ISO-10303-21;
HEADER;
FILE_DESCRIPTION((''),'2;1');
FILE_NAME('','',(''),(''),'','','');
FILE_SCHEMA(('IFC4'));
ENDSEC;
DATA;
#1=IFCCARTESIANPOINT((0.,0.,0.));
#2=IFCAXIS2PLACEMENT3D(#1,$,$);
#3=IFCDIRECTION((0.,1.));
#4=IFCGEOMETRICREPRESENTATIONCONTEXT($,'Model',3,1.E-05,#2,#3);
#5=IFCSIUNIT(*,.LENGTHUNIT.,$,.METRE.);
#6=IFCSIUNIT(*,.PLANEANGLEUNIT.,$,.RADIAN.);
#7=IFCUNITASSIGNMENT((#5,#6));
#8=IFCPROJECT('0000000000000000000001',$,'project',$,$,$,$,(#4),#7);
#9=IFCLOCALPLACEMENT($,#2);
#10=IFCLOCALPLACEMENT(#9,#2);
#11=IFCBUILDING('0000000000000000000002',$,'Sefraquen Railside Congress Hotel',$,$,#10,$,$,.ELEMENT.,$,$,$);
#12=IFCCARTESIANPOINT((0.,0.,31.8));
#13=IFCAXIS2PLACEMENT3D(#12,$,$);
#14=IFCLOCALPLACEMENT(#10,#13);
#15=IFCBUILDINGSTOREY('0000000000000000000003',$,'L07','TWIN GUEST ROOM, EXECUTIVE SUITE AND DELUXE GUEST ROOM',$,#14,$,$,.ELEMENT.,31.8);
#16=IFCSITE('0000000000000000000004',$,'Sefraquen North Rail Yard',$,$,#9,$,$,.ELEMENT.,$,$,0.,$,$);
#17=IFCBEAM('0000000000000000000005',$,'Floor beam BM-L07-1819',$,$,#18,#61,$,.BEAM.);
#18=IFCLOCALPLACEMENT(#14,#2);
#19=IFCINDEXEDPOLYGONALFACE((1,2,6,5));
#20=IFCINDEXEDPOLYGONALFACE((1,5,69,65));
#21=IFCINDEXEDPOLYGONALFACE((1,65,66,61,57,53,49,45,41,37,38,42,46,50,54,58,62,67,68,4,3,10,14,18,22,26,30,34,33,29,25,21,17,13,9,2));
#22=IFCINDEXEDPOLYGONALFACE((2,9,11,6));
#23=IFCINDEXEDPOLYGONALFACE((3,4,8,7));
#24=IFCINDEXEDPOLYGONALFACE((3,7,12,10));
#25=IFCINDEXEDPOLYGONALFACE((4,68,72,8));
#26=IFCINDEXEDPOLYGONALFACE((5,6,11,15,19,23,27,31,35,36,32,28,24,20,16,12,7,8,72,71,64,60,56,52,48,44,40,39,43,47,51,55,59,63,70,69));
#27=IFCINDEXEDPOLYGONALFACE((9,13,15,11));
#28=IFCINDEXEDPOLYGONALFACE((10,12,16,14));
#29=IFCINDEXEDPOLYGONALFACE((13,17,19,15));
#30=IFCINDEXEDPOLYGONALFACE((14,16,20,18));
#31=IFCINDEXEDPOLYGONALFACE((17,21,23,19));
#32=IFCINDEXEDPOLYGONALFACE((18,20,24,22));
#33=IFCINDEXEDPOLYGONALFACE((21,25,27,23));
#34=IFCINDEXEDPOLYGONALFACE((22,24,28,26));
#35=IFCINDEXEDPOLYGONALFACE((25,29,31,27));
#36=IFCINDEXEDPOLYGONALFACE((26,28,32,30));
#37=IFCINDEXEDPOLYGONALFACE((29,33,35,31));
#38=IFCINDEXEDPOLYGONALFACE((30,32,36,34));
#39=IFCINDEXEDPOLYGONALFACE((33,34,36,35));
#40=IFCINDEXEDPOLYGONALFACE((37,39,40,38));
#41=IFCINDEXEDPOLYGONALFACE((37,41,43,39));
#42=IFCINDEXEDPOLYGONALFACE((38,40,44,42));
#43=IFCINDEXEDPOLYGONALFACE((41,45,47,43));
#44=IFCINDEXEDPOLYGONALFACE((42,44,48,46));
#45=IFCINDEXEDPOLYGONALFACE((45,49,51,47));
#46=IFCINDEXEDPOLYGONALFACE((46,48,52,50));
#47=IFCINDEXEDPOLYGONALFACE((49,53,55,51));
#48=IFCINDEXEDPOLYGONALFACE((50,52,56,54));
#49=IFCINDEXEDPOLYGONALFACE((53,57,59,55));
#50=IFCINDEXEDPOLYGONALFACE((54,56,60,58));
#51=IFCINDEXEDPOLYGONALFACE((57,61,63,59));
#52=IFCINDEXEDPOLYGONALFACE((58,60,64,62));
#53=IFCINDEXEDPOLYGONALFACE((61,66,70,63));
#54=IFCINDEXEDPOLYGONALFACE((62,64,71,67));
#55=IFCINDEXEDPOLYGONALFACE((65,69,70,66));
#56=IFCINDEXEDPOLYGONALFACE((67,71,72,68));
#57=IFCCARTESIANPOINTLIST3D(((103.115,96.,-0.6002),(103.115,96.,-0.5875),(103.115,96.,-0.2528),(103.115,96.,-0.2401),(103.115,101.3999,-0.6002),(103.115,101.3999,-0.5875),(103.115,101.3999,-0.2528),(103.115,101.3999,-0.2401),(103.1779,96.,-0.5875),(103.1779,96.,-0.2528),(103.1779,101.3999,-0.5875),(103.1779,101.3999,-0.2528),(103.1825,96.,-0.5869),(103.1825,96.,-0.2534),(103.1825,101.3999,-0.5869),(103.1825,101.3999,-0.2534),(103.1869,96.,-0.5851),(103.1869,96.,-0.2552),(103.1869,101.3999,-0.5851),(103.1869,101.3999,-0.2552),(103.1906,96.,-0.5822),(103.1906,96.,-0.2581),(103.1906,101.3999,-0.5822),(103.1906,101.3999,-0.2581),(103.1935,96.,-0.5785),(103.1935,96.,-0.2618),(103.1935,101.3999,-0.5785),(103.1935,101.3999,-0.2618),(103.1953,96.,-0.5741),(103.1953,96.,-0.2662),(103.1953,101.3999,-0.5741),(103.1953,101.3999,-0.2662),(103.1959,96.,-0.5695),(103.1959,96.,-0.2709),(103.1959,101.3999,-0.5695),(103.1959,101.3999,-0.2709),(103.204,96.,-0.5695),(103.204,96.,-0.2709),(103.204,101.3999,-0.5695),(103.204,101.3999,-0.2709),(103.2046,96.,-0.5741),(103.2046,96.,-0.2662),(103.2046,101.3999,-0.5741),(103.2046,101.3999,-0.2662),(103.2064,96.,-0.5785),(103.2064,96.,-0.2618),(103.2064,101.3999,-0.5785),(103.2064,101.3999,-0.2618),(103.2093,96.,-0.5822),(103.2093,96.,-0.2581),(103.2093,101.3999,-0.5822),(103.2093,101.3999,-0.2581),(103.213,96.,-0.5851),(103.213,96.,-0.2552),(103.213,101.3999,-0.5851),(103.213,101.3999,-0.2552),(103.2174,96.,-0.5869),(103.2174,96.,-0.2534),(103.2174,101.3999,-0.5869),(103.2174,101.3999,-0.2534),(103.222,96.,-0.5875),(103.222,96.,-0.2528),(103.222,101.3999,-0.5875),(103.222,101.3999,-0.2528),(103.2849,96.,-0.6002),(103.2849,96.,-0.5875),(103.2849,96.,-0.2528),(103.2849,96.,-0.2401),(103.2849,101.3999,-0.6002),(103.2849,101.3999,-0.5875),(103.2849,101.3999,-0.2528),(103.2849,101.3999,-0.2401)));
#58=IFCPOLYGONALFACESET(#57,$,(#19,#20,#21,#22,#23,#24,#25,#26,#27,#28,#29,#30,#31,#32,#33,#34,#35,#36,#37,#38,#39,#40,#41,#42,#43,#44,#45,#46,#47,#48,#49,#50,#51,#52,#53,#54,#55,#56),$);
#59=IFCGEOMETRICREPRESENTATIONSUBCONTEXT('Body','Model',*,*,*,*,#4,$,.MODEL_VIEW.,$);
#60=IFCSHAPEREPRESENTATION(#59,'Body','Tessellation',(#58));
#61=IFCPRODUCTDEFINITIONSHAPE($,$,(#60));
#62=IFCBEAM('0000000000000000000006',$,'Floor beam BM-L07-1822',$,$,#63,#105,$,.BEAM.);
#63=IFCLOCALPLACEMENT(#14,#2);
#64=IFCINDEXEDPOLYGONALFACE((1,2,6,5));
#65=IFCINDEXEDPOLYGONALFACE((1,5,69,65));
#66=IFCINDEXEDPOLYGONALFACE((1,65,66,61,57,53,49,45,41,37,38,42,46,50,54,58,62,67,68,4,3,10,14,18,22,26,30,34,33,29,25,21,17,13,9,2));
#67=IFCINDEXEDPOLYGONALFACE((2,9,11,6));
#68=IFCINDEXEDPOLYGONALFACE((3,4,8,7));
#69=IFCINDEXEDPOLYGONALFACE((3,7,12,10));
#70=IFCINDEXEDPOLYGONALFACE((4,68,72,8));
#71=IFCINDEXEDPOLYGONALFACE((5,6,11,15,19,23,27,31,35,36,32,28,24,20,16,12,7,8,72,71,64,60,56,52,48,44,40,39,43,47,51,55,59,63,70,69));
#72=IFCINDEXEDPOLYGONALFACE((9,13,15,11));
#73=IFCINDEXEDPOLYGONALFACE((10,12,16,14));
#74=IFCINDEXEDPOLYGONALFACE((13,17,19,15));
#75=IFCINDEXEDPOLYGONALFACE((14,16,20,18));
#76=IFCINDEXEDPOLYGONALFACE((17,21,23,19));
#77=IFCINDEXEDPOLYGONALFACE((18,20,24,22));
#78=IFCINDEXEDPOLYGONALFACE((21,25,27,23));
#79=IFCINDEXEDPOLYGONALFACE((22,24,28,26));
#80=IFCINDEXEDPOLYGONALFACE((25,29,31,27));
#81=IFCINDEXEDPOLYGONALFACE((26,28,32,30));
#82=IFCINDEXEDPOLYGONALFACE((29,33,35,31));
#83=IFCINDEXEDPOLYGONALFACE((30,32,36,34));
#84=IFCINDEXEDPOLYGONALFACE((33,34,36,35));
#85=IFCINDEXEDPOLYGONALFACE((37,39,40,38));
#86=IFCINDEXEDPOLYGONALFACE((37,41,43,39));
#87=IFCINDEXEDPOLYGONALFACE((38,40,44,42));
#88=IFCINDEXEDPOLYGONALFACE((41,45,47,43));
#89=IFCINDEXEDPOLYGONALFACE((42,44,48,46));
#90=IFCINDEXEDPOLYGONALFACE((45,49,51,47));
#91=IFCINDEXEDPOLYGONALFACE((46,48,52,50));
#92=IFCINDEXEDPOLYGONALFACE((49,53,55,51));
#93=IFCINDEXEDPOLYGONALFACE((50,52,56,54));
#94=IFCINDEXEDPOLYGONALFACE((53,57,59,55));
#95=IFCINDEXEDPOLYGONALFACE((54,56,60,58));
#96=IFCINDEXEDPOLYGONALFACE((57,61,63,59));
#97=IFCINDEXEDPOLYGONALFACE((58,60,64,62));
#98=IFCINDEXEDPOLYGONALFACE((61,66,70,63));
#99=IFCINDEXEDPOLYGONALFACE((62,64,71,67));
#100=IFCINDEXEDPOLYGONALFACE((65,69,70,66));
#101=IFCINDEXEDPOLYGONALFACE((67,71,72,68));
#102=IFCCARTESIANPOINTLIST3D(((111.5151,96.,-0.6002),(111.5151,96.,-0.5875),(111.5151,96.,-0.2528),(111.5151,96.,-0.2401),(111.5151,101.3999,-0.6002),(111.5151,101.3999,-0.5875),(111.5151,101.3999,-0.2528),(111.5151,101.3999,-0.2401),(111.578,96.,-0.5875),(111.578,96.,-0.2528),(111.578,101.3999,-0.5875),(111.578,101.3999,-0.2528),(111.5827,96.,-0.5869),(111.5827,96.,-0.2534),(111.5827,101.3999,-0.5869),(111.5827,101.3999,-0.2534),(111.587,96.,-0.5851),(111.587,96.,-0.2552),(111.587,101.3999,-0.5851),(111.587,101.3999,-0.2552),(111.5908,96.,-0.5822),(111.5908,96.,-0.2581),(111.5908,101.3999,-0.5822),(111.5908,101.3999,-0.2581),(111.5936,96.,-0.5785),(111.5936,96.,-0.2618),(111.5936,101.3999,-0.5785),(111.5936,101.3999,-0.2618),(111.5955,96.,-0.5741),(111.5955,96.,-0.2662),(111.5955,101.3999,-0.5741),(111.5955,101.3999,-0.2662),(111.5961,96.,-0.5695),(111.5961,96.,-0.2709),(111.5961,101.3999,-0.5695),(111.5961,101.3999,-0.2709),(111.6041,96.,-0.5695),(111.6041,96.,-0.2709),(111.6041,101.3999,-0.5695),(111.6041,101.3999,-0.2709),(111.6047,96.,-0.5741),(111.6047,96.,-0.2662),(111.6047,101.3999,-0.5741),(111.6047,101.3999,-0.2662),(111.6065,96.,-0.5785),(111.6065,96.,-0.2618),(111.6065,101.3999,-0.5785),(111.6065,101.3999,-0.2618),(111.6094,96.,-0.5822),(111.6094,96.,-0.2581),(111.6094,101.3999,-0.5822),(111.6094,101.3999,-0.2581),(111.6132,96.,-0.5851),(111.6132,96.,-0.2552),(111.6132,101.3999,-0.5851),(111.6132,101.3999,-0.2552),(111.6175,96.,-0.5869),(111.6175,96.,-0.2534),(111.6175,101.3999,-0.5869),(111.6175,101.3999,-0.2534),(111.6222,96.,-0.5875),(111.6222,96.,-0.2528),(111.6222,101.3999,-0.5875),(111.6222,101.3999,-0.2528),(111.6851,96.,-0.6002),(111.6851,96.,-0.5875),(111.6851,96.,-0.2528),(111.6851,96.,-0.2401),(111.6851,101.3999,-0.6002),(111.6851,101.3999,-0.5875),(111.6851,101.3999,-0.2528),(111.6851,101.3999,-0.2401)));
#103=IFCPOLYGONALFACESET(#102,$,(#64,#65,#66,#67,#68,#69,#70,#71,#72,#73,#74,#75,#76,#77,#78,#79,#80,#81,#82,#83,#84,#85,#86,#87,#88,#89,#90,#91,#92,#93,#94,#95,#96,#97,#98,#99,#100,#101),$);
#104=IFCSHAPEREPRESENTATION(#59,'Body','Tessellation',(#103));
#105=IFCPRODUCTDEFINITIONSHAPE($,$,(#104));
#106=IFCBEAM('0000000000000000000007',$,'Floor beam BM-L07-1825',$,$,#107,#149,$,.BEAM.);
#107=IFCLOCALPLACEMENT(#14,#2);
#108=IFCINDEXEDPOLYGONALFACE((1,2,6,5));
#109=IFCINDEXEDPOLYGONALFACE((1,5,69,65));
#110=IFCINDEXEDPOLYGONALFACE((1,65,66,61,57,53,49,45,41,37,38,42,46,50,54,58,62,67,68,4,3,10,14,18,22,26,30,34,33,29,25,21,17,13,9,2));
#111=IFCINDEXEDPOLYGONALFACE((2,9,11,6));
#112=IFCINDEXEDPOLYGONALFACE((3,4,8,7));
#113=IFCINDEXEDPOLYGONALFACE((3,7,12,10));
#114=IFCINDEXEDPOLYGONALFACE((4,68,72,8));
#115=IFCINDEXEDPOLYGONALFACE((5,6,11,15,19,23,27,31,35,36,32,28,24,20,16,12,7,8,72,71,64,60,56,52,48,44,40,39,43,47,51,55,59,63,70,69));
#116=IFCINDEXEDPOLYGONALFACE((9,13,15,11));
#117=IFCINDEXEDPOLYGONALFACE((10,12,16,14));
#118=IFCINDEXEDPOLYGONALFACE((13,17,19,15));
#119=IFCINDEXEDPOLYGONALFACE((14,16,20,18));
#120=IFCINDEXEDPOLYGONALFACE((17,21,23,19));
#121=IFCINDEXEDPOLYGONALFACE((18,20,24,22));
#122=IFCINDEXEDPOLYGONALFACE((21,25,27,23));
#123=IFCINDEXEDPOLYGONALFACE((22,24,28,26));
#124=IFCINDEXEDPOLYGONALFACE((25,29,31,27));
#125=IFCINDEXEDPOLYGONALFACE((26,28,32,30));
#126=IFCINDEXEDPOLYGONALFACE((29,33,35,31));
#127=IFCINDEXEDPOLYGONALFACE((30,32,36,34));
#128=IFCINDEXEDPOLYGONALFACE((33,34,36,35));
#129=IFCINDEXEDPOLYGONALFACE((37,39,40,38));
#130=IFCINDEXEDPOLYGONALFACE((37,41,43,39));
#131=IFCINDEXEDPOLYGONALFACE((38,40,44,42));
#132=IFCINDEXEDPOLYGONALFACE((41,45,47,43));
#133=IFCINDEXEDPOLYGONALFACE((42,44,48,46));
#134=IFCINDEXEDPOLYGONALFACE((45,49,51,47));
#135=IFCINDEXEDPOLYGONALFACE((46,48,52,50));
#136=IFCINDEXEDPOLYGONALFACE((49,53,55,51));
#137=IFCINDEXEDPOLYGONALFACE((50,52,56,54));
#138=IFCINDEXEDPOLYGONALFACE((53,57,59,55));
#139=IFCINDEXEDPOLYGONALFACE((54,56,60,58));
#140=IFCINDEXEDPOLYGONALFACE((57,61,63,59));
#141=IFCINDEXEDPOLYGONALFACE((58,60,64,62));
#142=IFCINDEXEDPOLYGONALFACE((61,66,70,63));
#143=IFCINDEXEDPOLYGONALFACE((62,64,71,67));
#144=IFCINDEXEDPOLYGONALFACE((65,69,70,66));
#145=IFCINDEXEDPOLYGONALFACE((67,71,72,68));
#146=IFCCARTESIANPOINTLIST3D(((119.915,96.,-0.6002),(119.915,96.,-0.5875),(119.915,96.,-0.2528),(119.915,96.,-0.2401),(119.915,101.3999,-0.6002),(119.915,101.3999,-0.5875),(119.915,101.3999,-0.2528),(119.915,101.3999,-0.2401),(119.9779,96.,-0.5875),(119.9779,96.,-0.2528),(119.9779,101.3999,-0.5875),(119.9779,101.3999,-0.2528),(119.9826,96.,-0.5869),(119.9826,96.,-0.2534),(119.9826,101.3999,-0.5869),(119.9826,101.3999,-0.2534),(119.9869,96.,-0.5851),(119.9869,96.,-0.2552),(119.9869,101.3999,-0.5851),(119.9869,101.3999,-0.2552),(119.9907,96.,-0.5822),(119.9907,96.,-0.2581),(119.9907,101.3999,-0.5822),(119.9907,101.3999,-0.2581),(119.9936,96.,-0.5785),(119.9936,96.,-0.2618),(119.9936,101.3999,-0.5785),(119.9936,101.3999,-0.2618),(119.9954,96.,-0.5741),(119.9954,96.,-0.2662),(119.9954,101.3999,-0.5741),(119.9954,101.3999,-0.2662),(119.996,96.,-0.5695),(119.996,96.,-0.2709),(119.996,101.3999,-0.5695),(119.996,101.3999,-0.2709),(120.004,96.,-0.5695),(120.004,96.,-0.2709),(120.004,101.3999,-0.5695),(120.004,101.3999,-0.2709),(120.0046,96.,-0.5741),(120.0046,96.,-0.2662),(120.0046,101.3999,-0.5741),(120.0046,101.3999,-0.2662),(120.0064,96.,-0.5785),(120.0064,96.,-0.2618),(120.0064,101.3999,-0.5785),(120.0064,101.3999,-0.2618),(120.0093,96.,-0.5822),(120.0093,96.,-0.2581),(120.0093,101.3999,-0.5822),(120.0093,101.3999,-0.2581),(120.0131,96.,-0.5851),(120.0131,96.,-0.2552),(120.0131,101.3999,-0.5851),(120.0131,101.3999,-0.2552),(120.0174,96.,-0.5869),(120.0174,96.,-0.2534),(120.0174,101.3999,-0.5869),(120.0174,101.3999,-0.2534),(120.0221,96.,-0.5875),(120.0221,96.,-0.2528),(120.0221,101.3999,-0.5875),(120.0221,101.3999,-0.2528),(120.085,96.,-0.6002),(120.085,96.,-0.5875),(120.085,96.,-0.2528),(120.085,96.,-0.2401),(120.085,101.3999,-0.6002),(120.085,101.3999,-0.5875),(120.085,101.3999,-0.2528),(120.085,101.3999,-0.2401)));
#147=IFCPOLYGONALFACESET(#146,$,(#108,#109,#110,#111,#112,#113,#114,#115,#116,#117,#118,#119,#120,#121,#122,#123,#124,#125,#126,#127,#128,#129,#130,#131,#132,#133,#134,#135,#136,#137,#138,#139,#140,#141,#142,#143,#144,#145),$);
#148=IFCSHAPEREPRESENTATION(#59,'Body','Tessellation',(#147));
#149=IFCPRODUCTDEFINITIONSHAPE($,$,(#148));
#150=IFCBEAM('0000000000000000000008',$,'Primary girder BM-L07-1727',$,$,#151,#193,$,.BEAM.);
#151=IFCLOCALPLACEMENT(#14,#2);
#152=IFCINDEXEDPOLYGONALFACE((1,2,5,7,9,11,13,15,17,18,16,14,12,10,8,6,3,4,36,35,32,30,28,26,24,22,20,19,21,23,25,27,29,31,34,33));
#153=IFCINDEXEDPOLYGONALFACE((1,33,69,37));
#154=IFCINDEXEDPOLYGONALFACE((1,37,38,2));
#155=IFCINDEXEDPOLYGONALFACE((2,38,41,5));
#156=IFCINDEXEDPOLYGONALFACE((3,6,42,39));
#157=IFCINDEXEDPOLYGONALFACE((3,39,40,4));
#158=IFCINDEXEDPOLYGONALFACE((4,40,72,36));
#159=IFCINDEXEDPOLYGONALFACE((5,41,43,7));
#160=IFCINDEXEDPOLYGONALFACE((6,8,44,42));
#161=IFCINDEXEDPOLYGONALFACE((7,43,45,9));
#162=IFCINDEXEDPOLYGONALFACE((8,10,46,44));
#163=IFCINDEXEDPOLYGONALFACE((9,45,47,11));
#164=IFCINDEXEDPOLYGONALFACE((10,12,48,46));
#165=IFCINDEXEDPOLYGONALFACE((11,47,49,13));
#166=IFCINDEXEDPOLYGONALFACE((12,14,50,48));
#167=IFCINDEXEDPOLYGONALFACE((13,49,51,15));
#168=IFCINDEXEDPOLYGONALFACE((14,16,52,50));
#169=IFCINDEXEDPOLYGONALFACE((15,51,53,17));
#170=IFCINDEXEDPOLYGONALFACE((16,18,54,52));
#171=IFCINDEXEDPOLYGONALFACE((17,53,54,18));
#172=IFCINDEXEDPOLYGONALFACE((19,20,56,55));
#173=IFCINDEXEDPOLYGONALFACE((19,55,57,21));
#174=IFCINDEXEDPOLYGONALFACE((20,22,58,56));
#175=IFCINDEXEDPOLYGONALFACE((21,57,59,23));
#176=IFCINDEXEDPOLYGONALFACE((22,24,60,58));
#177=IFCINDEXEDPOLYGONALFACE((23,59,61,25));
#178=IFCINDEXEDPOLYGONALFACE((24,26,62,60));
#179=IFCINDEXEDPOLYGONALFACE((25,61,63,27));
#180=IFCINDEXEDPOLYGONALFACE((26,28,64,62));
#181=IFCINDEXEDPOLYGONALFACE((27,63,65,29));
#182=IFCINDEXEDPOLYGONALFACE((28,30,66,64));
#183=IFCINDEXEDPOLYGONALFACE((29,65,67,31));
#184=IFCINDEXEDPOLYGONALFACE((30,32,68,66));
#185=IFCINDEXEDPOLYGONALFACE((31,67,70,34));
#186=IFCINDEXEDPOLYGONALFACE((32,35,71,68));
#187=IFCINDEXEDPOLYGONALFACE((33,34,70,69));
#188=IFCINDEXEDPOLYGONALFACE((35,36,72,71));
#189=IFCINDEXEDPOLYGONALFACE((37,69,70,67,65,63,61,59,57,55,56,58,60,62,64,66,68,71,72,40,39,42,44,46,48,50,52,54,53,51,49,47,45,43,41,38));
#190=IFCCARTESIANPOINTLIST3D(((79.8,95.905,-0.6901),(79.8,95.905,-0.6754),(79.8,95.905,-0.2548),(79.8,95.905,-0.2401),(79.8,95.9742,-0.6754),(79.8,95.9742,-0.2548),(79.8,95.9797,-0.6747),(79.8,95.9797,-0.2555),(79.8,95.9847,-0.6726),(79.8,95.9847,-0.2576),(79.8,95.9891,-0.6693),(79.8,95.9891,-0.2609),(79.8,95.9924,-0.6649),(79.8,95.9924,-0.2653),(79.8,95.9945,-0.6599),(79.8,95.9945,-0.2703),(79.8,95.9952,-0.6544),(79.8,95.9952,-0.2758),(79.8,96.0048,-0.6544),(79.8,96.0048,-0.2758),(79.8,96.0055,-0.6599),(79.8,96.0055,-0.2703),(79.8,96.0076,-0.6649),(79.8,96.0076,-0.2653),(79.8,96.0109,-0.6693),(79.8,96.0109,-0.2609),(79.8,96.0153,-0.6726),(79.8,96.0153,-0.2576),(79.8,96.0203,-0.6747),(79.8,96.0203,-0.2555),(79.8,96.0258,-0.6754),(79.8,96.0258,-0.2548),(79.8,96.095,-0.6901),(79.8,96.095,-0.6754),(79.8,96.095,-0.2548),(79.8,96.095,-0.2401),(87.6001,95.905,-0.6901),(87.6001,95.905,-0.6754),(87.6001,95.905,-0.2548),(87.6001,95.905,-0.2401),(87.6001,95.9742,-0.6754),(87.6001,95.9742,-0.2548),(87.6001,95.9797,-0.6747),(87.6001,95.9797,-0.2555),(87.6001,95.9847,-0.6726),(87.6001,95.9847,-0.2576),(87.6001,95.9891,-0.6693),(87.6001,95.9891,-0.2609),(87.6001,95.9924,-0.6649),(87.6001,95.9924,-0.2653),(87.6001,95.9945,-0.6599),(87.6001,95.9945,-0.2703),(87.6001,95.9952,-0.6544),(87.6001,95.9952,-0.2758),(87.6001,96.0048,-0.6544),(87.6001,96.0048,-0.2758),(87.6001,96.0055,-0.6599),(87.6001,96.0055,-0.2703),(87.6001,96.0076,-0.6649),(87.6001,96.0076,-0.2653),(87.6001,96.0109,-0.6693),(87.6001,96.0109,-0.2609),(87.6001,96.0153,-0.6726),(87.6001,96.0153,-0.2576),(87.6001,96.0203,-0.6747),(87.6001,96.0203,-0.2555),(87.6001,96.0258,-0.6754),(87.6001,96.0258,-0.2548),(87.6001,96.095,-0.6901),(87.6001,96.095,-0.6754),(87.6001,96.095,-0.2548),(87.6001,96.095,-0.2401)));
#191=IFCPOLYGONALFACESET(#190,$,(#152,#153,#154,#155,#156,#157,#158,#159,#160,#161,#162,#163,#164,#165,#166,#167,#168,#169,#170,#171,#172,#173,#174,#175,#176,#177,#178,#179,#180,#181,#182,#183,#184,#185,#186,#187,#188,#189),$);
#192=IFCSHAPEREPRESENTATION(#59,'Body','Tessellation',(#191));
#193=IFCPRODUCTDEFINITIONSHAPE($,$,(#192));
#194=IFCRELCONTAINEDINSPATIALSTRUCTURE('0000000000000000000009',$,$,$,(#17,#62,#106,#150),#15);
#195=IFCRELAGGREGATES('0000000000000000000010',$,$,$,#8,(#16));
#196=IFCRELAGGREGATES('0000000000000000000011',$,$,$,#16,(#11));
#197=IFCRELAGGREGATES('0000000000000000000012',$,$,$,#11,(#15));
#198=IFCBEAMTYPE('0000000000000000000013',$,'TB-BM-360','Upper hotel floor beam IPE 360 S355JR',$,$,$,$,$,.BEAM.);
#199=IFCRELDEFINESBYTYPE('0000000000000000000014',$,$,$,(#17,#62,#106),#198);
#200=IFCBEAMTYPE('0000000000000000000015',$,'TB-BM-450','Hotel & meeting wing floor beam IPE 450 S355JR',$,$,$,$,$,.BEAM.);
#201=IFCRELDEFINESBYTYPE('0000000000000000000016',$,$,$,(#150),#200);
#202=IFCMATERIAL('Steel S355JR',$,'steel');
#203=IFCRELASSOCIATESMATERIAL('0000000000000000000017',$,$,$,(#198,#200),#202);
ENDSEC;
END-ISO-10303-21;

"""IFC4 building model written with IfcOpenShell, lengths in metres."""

from ifc_helpers import new_model, si_unit, direction, frame, origin, origin_2d, place, context, subcontext, project, spatial, i_section, extrude, material, material_profile, profile_set, type_object, element, save


model = new_model("IFC4")

# Units and contexts
model_context = context("Model", 3, precision=1e-05, world=origin(), true_north=direction((0.0, 1.0)))
body_context = subcontext(model_context, "Body", "Model", "MODEL_VIEW")
ifc_project = project(units=[si_unit("LENGTHUNIT", "METRE"), si_unit("PLANEANGLEUNIT", "RADIAN")], contexts=[model_context])

# Site, building, storey
site_placement = place(None, origin())
site = spatial("IfcSite", under=ifc_project, at=site_placement, Name="Sefraquen North Rail Yard", CompositionType="ELEMENT", RefElevation=0.0)
building_placement = place(site_placement, origin())
building = spatial("IfcBuilding", under=site, at=building_placement, Name="Sefraquen Railside Congress Hotel", CompositionType="ELEMENT")
storey_placement = place(building_placement, frame((0.0, 0.0, 31.8)))
storey = spatial("IfcBuildingStorey", under=building, at=storey_placement, Name="L07", Description="TWIN GUEST ROOM, EXECUTIVE SUITE AND DELUXE GUEST ROOM", CompositionType="ELEMENT", Elevation=31.8)

# Shared definitions
ifc_material_1 = material(Name="Steel S355JR", Category="steel")

# Beams
ifc_material_profile_1 = material_profile(ifc_material_1, i_section(OverallWidth=0.1699, OverallDepth=0.3601, WebThickness=0.0081, FlangeThickness=0.0127, FilletRadius=0.0181, at=origin_2d()), Name="IPE 360")
ifc_profile_set_1 = profile_set([ifc_material_profile_1], Name="Steel S355JR")
beam_type_1 = type_object("IfcBeamType", Name="TB-BM-360", Description="Upper hotel floor beam IPE 360 S355JR", PredefinedType="BEAM", material=ifc_profile_set_1)
for number, where, z_axis, x_axis, name in (
    (1, (103.2, 96.0, -0.4202), (0.0, 1.0, 0.0), (-1.0, 0.0, 0.0), "Floor beam BM-L07-1819"),
    (2, (111.6001, 96.0, -0.4202), (0.0, 1.0, 0.0), (-1.0, 0.0, 0.0), "Floor beam BM-L07-1822"),
    (3, (120.0, 96.0, -0.4202), (0.0, 1.0, 0.0), (-1.0, 0.0, 0.0), "Floor beam BM-L07-1825"),
):
    element("IfcBeam", number, at=place(storey_placement, frame(where, z_axis=z_axis, x_axis=x_axis)), inside=storey, type_object=beam_type_1, Name=name, PredefinedType="BEAM", context=body_context, shape_type="SweptSolid", body=[
        extrude(i_section(OverallWidth=0.1699, OverallDepth=0.3601, WebThickness=0.0081, FlangeThickness=0.0127, FilletRadius=0.0181, at=origin_2d()), origin(), (0.0, 0.0, 1.0), 5.3999),
    ])
ifc_material_profile_2 = material_profile(ifc_material_1, i_section(OverallWidth=0.1899, OverallDepth=0.45, WebThickness=0.0095, FlangeThickness=0.0146, FilletRadius=0.021, at=origin_2d()), Name="IPE 450")
ifc_profile_set_2 = profile_set([ifc_material_profile_2], Name="Steel S355JR")
beam_type_2 = type_object("IfcBeamType", Name="TB-BM-450", Description="Hotel & meeting wing floor beam IPE 450 S355JR", PredefinedType="BEAM", material=ifc_profile_set_2)
beam_1_placement = place(storey_placement, frame((79.8, 96.0, -0.4651), z_axis=(1.0, 0.0, 0.0), x_axis=(0.0, 1.0, 0.0)))
element("IfcBeam", 4, at=beam_1_placement, inside=storey, type_object=beam_type_2, Name="Primary girder BM-L07-1727", PredefinedType="BEAM", context=body_context, shape_type="SweptSolid", body=[
    extrude(i_section(OverallWidth=0.1899, OverallDepth=0.45, WebThickness=0.0095, FlangeThickness=0.0146, FilletRadius=0.021, at=origin_2d()), origin(), (0.0, 0.0, 1.0), 7.8),
])

save(model, "model.ifc")
